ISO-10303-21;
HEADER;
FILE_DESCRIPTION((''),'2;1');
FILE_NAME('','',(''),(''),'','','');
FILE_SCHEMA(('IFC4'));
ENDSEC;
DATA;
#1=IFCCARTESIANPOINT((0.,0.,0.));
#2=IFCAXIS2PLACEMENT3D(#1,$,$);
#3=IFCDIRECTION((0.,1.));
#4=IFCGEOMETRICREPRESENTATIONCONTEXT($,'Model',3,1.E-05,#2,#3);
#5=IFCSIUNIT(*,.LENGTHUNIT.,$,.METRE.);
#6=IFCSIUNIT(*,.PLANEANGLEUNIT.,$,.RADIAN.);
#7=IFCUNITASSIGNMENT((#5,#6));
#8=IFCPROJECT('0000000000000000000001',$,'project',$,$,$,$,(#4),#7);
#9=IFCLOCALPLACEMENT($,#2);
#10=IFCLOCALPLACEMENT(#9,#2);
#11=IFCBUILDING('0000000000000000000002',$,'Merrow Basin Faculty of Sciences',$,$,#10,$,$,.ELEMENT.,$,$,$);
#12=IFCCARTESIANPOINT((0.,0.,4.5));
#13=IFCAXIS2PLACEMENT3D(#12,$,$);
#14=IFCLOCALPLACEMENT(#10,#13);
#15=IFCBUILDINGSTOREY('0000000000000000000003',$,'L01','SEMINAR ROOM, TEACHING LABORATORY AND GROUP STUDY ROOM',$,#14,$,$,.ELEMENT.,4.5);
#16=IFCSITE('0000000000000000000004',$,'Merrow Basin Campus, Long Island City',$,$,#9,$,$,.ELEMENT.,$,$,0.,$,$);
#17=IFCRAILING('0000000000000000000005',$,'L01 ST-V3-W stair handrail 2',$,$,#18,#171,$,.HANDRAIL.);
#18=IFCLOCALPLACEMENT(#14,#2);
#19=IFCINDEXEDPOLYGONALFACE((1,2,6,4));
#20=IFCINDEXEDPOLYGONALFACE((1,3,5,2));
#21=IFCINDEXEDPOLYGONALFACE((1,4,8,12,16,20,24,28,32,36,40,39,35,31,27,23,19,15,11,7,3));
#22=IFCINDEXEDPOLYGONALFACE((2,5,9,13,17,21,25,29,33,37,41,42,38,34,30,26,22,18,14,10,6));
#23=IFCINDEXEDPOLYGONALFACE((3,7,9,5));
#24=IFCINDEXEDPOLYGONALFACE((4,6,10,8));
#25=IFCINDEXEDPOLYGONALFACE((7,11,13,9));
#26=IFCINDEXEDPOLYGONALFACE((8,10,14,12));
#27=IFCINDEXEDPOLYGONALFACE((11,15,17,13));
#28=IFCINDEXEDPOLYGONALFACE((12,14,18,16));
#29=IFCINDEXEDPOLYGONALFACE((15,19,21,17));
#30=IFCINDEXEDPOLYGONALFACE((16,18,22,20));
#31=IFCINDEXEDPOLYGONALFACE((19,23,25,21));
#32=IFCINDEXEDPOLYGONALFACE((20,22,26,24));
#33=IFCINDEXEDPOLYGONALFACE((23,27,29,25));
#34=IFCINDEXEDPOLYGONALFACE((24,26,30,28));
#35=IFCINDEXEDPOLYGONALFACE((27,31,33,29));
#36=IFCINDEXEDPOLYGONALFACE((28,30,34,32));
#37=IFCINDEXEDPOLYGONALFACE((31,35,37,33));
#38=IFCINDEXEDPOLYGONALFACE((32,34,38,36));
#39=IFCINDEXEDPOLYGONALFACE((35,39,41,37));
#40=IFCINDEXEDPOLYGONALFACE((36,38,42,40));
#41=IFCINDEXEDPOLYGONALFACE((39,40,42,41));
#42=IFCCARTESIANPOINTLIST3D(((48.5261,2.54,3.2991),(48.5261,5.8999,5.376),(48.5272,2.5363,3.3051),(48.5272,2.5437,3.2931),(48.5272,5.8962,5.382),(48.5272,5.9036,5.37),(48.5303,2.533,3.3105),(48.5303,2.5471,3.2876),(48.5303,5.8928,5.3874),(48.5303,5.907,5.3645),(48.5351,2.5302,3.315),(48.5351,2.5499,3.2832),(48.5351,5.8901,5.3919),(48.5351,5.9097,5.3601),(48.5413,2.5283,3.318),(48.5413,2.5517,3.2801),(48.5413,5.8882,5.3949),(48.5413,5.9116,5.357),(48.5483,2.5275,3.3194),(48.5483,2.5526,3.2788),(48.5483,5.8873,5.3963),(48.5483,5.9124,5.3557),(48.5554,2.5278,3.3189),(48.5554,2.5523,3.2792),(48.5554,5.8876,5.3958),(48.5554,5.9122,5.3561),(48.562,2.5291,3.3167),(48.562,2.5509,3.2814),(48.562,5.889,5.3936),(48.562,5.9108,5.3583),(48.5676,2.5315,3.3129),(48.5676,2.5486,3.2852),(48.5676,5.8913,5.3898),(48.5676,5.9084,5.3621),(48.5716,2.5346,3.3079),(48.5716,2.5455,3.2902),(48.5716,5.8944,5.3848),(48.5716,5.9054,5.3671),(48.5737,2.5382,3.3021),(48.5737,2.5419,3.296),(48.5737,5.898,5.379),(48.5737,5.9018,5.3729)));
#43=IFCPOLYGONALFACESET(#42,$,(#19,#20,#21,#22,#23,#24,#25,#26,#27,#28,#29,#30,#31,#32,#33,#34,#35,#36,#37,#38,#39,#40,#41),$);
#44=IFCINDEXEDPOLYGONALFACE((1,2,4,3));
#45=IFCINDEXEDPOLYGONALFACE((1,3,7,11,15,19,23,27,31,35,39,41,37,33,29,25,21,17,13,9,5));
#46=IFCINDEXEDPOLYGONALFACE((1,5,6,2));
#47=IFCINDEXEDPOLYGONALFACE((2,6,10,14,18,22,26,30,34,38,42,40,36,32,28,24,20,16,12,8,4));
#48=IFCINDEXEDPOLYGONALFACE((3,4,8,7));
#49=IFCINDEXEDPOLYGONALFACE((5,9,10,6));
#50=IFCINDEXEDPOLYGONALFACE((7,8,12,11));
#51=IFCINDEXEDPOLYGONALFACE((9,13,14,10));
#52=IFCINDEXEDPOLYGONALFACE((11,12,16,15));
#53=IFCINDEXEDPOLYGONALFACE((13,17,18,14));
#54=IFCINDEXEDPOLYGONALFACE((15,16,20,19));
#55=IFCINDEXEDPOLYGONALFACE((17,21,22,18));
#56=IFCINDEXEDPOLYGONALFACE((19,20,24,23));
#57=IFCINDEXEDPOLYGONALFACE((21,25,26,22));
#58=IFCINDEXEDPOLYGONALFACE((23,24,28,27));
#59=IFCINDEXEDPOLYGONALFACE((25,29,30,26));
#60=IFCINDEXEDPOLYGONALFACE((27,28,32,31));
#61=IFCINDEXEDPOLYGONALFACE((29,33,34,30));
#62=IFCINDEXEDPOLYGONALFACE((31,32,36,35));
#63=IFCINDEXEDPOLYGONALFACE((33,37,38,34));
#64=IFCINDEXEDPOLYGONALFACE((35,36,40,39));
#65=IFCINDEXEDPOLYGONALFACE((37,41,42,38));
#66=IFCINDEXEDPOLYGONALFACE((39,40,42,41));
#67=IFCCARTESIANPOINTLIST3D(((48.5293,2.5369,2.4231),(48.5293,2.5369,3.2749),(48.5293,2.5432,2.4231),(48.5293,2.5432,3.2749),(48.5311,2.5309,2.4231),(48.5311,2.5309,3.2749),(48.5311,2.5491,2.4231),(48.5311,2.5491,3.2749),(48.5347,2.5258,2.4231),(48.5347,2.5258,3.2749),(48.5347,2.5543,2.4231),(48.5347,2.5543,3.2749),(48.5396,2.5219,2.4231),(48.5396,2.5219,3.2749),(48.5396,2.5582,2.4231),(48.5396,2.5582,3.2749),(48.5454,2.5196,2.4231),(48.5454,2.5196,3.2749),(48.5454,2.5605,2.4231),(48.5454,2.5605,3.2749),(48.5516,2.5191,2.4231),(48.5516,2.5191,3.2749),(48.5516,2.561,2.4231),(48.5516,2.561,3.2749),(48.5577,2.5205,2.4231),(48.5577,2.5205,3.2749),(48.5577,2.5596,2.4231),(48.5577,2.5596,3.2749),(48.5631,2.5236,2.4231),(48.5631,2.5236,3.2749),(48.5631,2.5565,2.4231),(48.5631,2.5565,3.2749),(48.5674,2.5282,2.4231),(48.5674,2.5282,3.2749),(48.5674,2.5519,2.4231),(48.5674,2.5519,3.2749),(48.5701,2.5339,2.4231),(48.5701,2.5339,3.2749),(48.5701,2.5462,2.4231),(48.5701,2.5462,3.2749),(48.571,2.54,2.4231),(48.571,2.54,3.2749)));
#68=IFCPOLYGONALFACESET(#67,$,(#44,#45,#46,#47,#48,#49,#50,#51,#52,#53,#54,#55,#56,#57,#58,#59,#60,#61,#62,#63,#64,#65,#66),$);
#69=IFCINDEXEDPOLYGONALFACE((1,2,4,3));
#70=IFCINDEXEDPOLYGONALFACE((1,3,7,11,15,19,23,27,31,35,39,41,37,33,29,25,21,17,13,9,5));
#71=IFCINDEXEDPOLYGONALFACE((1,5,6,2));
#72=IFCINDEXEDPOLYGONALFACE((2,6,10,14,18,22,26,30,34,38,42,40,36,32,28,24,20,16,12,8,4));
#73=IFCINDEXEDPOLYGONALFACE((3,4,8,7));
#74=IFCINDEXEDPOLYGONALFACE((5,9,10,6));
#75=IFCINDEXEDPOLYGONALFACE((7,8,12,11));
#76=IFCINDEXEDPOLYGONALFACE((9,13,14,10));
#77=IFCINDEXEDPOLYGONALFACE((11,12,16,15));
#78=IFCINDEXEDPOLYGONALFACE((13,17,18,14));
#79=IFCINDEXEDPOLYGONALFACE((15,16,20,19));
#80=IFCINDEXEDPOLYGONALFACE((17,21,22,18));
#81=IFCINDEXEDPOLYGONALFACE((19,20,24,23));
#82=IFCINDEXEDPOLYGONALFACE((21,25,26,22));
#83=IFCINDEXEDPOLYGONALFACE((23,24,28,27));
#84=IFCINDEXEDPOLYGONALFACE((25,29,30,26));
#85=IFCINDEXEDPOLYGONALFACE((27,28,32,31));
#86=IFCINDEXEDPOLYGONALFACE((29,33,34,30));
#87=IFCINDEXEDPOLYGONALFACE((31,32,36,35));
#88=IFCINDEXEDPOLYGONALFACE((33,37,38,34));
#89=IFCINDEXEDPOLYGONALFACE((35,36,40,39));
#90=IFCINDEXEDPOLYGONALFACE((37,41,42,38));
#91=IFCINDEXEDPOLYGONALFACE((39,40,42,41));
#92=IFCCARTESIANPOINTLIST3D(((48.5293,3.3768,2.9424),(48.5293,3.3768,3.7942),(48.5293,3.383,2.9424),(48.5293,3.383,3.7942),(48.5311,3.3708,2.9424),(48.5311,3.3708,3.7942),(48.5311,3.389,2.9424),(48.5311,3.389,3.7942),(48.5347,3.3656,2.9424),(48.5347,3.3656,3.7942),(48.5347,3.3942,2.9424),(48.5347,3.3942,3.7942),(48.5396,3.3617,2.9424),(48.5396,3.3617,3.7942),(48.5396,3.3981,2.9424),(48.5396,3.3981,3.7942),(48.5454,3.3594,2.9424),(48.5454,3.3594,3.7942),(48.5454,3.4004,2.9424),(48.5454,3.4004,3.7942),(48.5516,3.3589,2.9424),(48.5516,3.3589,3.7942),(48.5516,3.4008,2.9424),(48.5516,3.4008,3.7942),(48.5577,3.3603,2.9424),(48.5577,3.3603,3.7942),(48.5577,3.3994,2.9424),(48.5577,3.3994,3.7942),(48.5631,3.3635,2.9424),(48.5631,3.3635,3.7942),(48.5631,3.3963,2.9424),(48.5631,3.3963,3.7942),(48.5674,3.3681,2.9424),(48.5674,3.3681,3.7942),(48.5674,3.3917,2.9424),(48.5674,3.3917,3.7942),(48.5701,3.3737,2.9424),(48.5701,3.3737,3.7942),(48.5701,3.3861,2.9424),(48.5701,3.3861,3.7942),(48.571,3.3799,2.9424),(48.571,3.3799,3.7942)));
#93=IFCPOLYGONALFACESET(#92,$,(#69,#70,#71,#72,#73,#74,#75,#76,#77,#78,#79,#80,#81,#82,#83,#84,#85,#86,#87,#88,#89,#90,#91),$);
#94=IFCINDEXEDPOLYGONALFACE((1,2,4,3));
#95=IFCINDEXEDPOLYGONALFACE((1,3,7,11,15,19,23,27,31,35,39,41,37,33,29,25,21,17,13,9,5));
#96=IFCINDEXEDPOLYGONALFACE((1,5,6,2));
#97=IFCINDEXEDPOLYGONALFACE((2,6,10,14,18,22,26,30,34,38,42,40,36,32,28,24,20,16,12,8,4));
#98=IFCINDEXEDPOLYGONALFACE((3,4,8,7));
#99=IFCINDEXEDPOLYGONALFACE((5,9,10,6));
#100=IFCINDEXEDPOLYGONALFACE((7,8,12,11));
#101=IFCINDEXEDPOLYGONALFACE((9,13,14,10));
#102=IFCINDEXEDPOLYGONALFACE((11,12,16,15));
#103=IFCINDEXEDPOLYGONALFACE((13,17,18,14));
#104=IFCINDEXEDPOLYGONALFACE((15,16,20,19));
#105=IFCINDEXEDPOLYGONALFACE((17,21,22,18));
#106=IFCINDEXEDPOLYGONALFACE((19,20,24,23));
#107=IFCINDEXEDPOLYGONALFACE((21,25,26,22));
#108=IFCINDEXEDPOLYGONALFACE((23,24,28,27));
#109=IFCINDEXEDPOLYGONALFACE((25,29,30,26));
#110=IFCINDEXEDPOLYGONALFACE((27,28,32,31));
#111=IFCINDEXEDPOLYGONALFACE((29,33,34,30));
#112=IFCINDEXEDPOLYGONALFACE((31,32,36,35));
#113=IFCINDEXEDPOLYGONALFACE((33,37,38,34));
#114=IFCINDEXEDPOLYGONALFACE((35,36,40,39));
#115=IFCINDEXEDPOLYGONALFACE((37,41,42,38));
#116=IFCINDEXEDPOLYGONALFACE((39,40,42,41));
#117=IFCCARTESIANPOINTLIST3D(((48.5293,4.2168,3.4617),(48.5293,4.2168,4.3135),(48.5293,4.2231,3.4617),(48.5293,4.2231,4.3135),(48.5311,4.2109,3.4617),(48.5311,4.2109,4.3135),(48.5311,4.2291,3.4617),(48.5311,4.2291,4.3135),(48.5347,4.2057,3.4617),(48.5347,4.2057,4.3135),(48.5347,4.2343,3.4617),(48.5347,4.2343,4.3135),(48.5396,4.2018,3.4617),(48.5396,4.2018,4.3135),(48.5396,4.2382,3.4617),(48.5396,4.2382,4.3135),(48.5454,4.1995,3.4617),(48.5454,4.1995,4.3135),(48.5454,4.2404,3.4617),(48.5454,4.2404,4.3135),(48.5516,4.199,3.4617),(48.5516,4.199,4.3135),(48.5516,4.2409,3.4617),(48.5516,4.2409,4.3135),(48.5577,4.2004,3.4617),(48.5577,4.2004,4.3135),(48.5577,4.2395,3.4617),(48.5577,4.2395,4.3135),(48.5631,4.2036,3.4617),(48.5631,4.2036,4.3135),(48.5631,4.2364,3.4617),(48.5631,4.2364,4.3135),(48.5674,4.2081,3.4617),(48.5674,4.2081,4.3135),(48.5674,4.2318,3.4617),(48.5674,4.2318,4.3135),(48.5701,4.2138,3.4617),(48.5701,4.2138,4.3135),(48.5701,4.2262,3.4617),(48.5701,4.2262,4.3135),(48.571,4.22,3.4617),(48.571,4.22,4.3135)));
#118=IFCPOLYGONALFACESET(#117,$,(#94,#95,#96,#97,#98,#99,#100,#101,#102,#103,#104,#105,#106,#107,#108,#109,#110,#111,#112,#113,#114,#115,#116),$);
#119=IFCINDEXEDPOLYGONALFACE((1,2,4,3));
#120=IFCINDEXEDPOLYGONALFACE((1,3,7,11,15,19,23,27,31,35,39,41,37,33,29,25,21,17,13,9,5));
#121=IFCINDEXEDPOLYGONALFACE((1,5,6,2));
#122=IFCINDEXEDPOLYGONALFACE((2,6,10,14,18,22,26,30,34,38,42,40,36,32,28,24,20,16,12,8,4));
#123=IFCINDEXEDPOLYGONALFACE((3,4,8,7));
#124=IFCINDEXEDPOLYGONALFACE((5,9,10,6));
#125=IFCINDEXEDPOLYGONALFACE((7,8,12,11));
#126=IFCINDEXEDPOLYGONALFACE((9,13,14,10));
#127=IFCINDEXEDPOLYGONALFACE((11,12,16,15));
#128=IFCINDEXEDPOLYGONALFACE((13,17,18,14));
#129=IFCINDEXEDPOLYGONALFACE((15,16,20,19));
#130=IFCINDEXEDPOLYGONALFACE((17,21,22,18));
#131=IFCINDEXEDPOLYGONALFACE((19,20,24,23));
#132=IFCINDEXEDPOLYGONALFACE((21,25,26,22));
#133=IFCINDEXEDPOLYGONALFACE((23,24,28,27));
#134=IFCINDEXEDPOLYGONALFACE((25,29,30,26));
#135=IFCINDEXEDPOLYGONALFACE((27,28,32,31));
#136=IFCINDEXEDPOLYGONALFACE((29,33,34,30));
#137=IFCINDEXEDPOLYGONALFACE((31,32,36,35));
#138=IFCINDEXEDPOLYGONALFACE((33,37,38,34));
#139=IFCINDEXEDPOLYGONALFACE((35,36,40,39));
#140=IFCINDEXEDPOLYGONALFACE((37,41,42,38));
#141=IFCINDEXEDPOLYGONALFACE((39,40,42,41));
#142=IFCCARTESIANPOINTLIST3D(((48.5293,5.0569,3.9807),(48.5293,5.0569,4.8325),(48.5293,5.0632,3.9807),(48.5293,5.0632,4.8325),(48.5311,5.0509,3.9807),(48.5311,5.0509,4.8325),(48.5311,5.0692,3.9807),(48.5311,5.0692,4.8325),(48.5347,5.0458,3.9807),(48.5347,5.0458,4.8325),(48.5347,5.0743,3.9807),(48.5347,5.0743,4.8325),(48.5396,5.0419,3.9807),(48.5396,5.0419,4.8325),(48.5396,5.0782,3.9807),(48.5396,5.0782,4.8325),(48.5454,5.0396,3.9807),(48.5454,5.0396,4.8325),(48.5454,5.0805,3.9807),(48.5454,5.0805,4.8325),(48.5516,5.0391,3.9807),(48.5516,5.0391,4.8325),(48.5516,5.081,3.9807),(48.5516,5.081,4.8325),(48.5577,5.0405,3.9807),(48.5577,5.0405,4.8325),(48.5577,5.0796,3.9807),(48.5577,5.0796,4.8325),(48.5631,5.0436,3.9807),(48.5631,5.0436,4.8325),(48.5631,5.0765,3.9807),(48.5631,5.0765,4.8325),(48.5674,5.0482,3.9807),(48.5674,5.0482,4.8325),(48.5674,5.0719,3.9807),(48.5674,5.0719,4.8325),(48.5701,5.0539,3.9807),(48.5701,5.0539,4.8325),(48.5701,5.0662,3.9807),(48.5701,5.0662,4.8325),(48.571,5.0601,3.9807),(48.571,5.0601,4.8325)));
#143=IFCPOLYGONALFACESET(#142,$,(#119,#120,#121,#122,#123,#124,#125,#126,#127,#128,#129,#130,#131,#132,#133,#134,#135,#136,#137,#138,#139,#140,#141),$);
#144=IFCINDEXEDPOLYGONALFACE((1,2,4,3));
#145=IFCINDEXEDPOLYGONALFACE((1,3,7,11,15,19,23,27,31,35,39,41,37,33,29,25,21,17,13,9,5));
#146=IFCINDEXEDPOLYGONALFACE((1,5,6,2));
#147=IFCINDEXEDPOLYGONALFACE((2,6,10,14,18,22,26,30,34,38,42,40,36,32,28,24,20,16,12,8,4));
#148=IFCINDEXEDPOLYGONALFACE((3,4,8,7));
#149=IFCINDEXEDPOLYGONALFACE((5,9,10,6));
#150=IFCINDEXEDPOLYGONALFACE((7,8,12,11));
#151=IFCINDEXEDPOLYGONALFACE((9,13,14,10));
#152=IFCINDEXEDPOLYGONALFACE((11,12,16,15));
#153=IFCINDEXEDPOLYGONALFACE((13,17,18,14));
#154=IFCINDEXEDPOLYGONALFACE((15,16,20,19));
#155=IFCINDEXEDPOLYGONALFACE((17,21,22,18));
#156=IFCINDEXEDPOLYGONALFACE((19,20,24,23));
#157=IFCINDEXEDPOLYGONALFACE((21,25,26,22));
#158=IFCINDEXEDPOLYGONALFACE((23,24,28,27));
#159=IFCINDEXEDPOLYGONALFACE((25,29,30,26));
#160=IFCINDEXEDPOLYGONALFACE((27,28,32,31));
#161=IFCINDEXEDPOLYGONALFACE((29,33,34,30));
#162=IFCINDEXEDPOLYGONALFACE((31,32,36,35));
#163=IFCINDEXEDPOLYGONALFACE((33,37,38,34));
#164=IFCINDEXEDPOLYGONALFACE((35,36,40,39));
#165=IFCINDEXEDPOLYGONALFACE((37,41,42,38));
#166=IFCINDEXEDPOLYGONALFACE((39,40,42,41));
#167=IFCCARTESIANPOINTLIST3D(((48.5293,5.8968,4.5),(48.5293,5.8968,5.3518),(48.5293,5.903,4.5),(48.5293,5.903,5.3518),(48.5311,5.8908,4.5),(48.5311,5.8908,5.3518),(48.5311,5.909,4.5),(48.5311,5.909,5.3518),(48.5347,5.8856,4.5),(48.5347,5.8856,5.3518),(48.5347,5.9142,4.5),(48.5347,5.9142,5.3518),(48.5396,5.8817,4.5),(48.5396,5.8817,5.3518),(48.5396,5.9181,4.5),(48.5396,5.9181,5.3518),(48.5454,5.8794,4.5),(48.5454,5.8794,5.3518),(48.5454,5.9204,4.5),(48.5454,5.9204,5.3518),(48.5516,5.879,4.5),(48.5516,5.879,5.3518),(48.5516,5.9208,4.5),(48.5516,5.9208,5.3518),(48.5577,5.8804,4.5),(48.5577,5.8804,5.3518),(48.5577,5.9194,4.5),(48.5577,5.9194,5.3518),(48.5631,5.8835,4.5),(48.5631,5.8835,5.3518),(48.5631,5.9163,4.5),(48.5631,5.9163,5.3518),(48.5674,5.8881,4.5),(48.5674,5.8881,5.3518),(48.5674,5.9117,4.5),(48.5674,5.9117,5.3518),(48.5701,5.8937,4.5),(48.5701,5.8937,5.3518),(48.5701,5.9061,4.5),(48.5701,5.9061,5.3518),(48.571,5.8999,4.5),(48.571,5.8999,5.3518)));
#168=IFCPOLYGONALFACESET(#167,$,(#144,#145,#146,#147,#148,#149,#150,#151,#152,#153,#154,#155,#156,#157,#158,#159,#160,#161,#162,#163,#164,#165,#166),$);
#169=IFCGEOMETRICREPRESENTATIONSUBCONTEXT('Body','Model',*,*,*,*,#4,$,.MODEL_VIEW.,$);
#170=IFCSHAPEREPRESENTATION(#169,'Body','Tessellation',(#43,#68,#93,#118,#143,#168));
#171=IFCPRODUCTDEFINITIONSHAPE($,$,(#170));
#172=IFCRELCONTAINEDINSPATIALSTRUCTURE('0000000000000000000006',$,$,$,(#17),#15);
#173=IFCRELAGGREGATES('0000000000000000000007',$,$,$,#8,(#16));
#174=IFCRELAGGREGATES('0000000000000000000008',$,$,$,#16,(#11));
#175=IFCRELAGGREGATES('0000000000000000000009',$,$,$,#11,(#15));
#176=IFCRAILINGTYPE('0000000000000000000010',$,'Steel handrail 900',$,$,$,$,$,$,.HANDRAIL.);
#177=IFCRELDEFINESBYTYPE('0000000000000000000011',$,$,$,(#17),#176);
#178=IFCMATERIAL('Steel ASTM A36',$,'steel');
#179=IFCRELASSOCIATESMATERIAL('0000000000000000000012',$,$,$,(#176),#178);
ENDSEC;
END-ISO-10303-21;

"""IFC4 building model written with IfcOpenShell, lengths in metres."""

from ifc_helpers import new_model, si_unit, direction, frame, origin, origin_2d, place, context, subcontext, project, spatial, circle, extrude, material, type_object, element, save


model = new_model("IFC4")

# Units and contexts
model_context = context("Model", 3, precision=1e-05, world=origin(), true_north=direction((0.0, 1.0)))
body_context = subcontext(model_context, "Body", "Model", "MODEL_VIEW")
ifc_project = project(units=[si_unit("LENGTHUNIT", "METRE"), si_unit("PLANEANGLEUNIT", "RADIAN")], contexts=[model_context])

# Site, building, storey
site_placement = place(None, origin())
site = spatial("IfcSite", under=ifc_project, at=site_placement, Name="Merrow Basin Campus, Long Island City", CompositionType="ELEMENT", RefElevation=0.0)
building_placement = place(site_placement, origin())
building = spatial("IfcBuilding", under=site, at=building_placement, Name="Merrow Basin Faculty of Sciences", CompositionType="ELEMENT")
storey_placement = place(building_placement, frame((0.0, 0.0, 4.5)))
storey = spatial("IfcBuildingStorey", under=building, at=storey_placement, Name="L01", Description="SEMINAR ROOM, TEACHING LABORATORY AND GROUP STUDY ROOM", CompositionType="ELEMENT", Elevation=4.5)

# Railing
ifc_material_1 = material(Name="Steel ASTM A36", Category="steel")
railing_type_1 = type_object("IfcRailingType", Name="Steel handrail 900", PredefinedType="HANDRAIL", material=ifc_material_1)
railing_1_placement = place(storey_placement, frame((48.55, 2.54, 2.4231)))
element("IfcRailing", 1, at=railing_1_placement, inside=storey, type_object=railing_type_1, Name="L01 ST-V3-W stair handrail 2", PredefinedType="HANDRAIL", context=body_context, shape_type="SweptSolid", body=[
    extrude(circle(Radius=0.0239, at=origin_2d()), frame((0.0, 0.0, 0.876), z_axis=(0.0, 0.850606, 0.525803), x_axis=(-1.0, 0.0, 0.0)), (0.0, 0.0, 1.0), 3.95),
    extrude(circle(Radius=0.021, at=origin_2d()), origin(), (0.0, 0.0, 1.0), 0.8518),
    extrude(circle(Radius=0.021, at=origin_2d()), frame((0.0, 0.8398, 0.5193)), (0.0, 0.0, 1.0), 0.8518),
    extrude(circle(Radius=0.021, at=origin_2d()), frame((0.0, 1.6799, 1.0386)), (0.0, 0.0, 1.0), 0.8518),
    extrude(circle(Radius=0.021, at=origin_2d()), frame((0.0, 2.52, 1.5576)), (0.0, 0.0, 1.0), 0.8518),
    extrude(circle(Radius=0.021, at=origin_2d()), frame((0.0, 3.3599, 2.0769)), (0.0, 0.0, 1.0), 0.8518),
])

save(model, "model.ifc")
